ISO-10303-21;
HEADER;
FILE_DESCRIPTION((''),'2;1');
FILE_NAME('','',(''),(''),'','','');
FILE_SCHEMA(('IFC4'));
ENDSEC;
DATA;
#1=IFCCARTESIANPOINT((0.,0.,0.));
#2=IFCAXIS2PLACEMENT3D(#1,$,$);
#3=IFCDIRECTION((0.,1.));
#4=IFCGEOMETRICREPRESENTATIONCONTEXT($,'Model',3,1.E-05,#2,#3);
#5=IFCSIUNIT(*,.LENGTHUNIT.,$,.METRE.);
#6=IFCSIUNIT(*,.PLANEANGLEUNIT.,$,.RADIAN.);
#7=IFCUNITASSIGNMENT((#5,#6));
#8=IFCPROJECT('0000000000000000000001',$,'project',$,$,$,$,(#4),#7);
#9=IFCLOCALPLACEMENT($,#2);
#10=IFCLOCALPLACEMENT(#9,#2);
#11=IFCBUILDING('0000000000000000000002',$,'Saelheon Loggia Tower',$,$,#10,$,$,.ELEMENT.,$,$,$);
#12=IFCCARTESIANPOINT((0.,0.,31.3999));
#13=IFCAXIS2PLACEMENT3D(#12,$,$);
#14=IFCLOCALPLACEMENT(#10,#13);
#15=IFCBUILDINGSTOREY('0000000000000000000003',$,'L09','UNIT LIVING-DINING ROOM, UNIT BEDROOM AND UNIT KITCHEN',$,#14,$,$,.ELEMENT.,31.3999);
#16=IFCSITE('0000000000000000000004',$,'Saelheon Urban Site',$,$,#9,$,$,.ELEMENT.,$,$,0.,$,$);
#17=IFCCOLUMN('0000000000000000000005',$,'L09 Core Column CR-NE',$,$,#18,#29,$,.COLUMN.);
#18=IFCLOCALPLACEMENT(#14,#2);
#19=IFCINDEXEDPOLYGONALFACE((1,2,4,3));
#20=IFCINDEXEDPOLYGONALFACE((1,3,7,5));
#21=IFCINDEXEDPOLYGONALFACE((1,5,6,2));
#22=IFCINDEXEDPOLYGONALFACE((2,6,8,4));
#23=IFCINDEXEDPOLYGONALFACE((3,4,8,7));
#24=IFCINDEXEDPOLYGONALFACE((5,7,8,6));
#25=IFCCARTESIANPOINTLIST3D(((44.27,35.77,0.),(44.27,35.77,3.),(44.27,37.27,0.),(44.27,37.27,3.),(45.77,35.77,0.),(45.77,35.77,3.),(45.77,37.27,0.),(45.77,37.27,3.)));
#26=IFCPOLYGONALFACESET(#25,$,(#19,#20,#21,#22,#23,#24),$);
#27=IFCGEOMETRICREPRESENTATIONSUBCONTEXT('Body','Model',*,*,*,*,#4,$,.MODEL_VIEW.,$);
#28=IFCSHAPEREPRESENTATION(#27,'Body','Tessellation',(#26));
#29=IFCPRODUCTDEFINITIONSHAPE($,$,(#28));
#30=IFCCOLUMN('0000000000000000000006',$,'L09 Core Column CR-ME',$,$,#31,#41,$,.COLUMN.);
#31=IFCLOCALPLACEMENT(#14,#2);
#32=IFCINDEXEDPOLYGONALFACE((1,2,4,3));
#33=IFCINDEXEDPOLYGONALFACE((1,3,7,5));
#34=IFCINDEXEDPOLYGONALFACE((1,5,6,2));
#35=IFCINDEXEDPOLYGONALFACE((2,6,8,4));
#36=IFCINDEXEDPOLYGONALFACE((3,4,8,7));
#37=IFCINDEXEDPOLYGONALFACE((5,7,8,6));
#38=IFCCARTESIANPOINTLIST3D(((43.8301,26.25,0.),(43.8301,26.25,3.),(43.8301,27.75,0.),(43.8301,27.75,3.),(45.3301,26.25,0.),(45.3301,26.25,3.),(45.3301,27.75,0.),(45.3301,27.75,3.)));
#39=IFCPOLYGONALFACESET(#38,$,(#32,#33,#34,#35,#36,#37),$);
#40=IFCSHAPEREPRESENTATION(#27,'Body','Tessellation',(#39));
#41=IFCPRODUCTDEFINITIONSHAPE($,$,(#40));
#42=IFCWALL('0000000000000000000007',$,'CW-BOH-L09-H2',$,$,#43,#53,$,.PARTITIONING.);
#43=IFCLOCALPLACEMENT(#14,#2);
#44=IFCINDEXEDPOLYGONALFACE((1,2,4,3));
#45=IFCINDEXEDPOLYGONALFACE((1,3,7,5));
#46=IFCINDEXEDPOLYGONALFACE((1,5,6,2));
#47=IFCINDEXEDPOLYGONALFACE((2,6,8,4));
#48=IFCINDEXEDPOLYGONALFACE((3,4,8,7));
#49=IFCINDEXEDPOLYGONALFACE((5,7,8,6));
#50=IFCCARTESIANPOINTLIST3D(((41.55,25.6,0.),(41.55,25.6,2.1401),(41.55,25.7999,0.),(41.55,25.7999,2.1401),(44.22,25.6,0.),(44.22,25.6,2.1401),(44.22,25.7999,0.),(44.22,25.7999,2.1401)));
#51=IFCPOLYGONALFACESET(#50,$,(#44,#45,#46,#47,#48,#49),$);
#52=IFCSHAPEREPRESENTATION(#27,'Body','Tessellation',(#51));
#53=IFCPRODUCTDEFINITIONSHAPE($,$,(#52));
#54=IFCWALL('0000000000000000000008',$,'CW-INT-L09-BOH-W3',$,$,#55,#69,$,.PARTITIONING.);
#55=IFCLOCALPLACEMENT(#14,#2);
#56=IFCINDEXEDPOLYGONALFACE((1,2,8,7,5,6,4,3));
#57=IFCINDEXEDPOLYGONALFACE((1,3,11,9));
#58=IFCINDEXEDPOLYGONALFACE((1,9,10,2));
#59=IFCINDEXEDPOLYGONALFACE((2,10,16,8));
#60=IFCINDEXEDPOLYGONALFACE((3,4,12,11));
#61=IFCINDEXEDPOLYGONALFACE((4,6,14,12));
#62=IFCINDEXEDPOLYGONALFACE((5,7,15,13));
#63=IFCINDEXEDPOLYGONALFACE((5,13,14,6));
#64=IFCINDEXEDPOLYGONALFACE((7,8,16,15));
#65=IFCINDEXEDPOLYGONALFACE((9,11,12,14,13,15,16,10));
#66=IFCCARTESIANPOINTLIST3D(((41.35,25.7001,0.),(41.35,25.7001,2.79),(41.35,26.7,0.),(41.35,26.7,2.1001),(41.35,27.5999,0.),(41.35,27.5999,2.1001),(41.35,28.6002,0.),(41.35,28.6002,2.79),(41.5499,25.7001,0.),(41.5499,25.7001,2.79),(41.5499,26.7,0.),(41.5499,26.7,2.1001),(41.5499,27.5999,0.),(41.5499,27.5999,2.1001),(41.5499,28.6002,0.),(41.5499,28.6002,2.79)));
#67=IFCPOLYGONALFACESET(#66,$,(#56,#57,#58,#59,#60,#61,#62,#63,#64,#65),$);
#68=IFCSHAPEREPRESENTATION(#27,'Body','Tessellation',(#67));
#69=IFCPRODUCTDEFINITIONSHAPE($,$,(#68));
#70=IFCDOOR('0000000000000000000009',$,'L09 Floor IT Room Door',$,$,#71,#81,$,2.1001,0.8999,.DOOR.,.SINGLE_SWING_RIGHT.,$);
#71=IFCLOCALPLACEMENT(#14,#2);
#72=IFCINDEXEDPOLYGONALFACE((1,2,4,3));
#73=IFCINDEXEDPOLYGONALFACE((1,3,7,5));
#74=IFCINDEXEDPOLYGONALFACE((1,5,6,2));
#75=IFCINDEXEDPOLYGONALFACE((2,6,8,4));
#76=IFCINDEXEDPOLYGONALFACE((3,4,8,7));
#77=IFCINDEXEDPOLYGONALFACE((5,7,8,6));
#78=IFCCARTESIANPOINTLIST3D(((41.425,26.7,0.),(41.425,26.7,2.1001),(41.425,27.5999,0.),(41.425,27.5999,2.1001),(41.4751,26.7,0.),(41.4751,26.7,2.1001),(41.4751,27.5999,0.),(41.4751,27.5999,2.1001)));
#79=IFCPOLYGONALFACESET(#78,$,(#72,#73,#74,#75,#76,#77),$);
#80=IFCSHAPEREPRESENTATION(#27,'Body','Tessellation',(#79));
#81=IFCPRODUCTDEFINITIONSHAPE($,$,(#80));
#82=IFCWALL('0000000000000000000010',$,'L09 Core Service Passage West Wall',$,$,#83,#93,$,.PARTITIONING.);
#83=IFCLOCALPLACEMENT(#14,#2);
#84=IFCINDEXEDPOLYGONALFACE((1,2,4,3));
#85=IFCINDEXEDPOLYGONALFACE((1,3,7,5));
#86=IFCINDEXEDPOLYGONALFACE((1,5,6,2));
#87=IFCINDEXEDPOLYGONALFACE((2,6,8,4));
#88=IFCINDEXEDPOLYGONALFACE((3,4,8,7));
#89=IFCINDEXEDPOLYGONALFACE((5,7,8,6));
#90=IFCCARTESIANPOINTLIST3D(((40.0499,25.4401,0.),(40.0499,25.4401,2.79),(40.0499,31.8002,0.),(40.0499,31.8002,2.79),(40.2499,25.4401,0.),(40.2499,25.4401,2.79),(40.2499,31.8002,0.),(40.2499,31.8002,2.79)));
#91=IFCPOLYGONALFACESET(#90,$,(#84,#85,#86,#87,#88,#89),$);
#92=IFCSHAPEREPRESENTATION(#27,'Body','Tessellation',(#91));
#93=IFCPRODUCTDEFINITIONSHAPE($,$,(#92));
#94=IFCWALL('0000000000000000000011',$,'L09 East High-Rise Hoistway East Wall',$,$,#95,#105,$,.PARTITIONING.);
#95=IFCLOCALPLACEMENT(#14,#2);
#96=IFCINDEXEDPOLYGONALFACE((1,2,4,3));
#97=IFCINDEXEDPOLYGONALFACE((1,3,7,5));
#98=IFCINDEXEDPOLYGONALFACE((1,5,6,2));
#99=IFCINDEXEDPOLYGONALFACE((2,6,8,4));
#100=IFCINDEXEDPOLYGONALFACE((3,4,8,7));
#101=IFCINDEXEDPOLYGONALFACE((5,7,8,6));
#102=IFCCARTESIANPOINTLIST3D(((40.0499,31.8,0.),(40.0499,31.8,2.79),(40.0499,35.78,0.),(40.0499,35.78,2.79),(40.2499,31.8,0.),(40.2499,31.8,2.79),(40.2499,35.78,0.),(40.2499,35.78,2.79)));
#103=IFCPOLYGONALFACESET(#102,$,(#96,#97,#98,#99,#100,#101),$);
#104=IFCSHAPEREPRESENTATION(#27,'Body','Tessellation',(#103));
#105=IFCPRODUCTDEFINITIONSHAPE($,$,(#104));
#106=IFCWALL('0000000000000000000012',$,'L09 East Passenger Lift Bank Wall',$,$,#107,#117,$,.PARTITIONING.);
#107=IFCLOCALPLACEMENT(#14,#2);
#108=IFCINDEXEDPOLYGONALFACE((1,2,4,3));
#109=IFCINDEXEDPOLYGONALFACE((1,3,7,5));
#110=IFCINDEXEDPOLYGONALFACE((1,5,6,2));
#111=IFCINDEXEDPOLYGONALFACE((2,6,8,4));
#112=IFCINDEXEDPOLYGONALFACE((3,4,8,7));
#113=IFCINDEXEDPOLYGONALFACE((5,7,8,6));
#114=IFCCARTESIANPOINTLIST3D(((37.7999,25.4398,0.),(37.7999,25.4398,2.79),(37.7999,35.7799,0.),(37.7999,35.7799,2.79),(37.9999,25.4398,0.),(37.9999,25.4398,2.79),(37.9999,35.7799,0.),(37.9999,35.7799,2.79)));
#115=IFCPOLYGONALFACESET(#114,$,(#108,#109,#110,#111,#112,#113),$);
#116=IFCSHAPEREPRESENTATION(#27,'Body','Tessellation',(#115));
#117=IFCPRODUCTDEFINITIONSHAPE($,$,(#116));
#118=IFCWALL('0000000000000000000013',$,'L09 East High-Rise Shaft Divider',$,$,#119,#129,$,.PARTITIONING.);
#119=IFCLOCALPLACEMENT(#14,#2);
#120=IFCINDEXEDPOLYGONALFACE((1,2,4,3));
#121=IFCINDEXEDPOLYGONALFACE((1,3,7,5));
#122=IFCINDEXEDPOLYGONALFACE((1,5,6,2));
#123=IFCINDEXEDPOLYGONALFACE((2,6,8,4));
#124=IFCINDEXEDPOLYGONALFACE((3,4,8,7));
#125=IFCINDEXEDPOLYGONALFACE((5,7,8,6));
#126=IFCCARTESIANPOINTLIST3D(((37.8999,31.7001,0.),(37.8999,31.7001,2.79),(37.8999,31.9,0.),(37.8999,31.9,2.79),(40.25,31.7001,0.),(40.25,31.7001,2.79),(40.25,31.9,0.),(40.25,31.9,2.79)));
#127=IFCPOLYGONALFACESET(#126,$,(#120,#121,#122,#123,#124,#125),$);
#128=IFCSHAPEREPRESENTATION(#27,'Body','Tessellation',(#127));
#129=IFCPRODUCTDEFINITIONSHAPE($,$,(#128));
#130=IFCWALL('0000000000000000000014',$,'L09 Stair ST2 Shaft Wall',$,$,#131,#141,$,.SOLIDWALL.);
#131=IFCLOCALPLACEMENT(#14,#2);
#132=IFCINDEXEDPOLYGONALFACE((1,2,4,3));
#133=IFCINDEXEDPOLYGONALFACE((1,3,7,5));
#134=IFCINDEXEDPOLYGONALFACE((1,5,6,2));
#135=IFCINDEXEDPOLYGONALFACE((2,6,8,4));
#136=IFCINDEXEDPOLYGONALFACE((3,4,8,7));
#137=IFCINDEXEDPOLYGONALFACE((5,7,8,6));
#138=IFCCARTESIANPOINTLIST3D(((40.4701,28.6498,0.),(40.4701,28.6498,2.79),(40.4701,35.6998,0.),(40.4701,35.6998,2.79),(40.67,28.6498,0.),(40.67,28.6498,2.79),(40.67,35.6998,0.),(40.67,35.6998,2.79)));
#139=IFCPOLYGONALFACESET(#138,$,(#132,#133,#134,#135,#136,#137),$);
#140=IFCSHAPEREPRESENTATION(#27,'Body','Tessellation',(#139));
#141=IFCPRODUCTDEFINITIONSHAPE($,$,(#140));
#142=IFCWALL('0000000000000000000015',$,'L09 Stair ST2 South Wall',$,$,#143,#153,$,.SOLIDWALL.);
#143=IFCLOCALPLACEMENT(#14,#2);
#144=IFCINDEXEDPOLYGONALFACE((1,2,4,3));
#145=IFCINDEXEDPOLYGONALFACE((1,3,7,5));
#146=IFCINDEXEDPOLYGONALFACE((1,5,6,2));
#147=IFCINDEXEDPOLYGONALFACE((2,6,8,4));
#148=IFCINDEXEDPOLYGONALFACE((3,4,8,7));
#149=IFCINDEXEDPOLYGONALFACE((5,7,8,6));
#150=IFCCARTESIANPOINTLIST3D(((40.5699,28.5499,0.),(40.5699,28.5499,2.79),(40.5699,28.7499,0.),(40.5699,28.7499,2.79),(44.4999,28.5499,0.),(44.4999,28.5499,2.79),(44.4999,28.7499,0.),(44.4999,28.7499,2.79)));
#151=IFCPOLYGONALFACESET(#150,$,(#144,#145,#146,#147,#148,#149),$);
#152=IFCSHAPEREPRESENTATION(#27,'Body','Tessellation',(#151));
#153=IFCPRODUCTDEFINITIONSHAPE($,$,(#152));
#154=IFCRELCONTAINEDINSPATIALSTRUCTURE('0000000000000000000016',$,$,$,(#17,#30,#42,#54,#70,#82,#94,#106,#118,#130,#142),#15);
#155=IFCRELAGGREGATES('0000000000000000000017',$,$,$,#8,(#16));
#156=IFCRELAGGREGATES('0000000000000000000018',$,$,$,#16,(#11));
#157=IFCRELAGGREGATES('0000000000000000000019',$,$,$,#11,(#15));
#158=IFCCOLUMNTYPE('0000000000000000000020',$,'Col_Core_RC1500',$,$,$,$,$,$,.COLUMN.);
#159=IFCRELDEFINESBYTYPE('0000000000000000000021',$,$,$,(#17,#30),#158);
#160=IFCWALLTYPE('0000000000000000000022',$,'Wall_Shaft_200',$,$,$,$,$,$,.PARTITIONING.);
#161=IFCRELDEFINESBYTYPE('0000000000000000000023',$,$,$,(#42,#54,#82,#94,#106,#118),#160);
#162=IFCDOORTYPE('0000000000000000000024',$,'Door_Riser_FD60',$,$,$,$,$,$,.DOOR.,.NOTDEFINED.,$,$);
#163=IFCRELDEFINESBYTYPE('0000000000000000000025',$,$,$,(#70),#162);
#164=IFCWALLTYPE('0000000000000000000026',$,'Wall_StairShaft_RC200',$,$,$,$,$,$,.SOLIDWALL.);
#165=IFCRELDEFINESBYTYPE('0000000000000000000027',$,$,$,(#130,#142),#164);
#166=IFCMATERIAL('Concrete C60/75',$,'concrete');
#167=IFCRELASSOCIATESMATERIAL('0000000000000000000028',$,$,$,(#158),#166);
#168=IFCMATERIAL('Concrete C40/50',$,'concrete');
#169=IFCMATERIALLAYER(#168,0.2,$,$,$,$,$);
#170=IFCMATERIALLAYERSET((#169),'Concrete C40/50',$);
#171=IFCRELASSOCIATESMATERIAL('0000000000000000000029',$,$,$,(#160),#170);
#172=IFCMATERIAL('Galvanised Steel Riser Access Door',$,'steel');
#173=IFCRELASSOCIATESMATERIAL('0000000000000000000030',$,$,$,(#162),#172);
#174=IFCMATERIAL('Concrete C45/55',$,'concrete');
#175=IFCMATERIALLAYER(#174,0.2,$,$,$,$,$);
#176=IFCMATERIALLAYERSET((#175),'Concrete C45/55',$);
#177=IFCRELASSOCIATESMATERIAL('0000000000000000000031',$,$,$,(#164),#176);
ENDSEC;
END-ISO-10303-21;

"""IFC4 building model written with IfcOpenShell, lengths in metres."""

from ifc_helpers import new_model, si_unit, direction, frame, frame_2d, origin, origin_2d, place, context, subcontext, project, spatial, rectangle, extrude, source, transform, mapped, material, layer, layer_set, material_profile, profile_set, type_object, element, fill, save


model = new_model("IFC4")

# Units and contexts
model_context = context("Model", 3, precision=1e-05, world=origin(), true_north=direction((0.0, 1.0)))
body_context = subcontext(model_context, "Body", "Model", "MODEL_VIEW")
ifc_project = project(units=[si_unit("LENGTHUNIT", "METRE"), si_unit("PLANEANGLEUNIT", "RADIAN")], contexts=[model_context])

# Site, building, storey
site_placement = place(None, origin())
site = spatial("IfcSite", under=ifc_project, at=site_placement, Name="Saelheon Urban Site", CompositionType="ELEMENT", RefElevation=0.0)
building_placement = place(site_placement, origin())
building = spatial("IfcBuilding", under=site, at=building_placement, Name="Saelheon Loggia Tower", CompositionType="ELEMENT")
storey_placement = place(building_placement, frame((0.0, 0.0, 31.3999)))
storey = spatial("IfcBuildingStorey", under=building, at=storey_placement, Name="L09", Description="UNIT LIVING-DINING ROOM, UNIT BEDROOM AND UNIT KITCHEN", CompositionType="ELEMENT", Elevation=31.3999)

# Columns
ifc_material_1 = material(Name="Concrete C60/75", Category="concrete")
ifc_material_profile = material_profile(ifc_material_1, rectangle(XDim=1.5, YDim=1.5, at=origin_2d()), Name="RC-1500x1500")
ifc_profile_set = profile_set([ifc_material_profile], Name="Concrete C60/75")
column_type = type_object("IfcColumnType", Name="Col_Core_RC1500", PredefinedType="COLUMN", material=ifc_profile_set)
shared_shape_1 = source(origin(), body_context, "Body", "SweptSolid", [
    extrude(rectangle(XDim=1.5, YDim=1.5, at=origin_2d()), origin(), (0.0, 0.0, 1.0), 3.0),
])
for number, where, z_axis, x_axis, name in (
    (1, (45.02, 36.52, 0.0), (0.0, 0.0, 1.0), (1.0, 0.0, 0.0), "L09 Core Column CR-NE"),
    (2, (44.5801, 27.0, 0.0), (0.0, 0.0, 1.0), (1.0, 0.0, 0.0), "L09 Core Column CR-ME"),
):
    element("IfcColumn", number, at=place(storey_placement, frame(where, z_axis=z_axis, x_axis=x_axis)), inside=storey, type_object=column_type, Name=name, PredefinedType="COLUMN", context=body_context, shape_type="MappedRepresentation", body=[
        mapped(shared_shape_1, transform((0.0, 0.0, 0.0), scale=1.0)),
    ])

# Wall
ifc_material_2 = material(Name="Concrete C40/50", Category="concrete")
ifc_layer_1 = layer(ifc_material_2, 0.2)
ifc_layer_set_1 = layer_set([ifc_layer_1], Name="Concrete C40/50")
wall_type_1 = type_object("IfcWallType", Name="Wall_Shaft_200", PredefinedType="PARTITIONING", material=ifc_layer_set_1)
wall_1_placement = place(storey_placement, frame((41.55, 25.7, 0.0), z_axis=(0.0, 0.0, 1.0), x_axis=(1.0, 0.0, 0.0)))
element("IfcWall", 3, at=wall_1_placement, inside=storey, type_object=wall_type_1, Name="CW-BOH-L09-H2", PredefinedType="PARTITIONING", context=body_context, shape_type="SweptSolid", body=[
    extrude(rectangle(XDim=2.6699, YDim=0.2, at=frame_2d((1.335, 0.0))), origin(), (0.0, 0.0, 1.0), 2.1401),
])

# Wall, opening, door
wall_2_placement = place(storey_placement, frame((41.45, 25.7, 0.0), z_axis=(0.0, 0.0, 1.0), x_axis=(0.0, 1.0, 0.0)))
wall_2 = element("IfcWall", 4, at=wall_2_placement, inside=storey, type_object=wall_type_1, Name="CW-INT-L09-BOH-W3", PredefinedType="PARTITIONING", context=body_context, shape_type="SweptSolid", body=[
    extrude(rectangle(XDim=2.9001, YDim=0.2, at=frame_2d((1.4502, 0.0))), origin(), (0.0, 0.0, 1.0), 2.79),
])
opening_placement = place(wall_2_placement, frame((1.0, 0.0, 0.0)))
opening = element("IfcOpeningElement", 5, at=opening_placement, cuts=wall_2, PredefinedType="OPENING", context=body_context, shape_type="SweptSolid", body=[
    extrude(rectangle(XDim=0.8999, YDim=2.1001, at=frame_2d((0.45, 1.05))), frame((0.0, 0.1121, 0.0), z_axis=(0.0, -1.0, 0.0), x_axis=(1.0, 0.0, 0.0)), (0.0, 0.0, 1.0), 0.2239),
])
ifc_material_3 = material(Name="Galvanised Steel Riser Access Door", Category="steel")
door_type = type_object("IfcDoorType", Name="Door_Riser_FD60", OperationType="NOTDEFINED", PredefinedType="DOOR", material=ifc_material_3)
shared_shape_2 = source(origin(), body_context, "Body", "SweptSolid", [
    extrude(rectangle(XDim=0.8999, YDim=2.1001, at=frame_2d((0.45, 1.05))), frame((0.0, 0.0249, 0.0), z_axis=(0.0, -1.0, 0.0), x_axis=(1.0, 0.0, 0.0)), (0.0, 0.0, 1.0), 0.05),
])
door_placement = place(opening_placement, origin())
door = element("IfcDoor", 6, at=door_placement, inside=storey, type_object=door_type, Name="L09 Floor IT Room Door", OperationType="SINGLE_SWING_RIGHT", OverallHeight=2.1001, OverallWidth=0.8999, PredefinedType="DOOR", context=body_context, shape_type="MappedRepresentation", body=[
    mapped(shared_shape_2, transform((0.0, 0.0, 0.0), scale=1.0)),
])
fill(opening, door)

# Walls
wall_3_placement = place(storey_placement, frame((40.1499, 25.4399, 0.0), z_axis=(0.0, 0.0, 1.0), x_axis=(0.0, 1.0, 0.0)))
element("IfcWall", 7, at=wall_3_placement, inside=storey, type_object=wall_type_1, Name="L09 Core Service Passage West Wall", PredefinedType="PARTITIONING", context=body_context, shape_type="SweptSolid", body=[
    extrude(rectangle(XDim=6.3601, YDim=0.2, at=frame_2d((3.1802, 0.0))), origin(), (0.0, 0.0, 1.0), 2.79),
])
wall_4_placement = place(storey_placement, frame((40.1499, 31.8, 0.0), z_axis=(0.0, 0.0, 1.0), x_axis=(0.0, 1.0, 0.0)))
element("IfcWall", 8, at=wall_4_placement, inside=storey, type_object=wall_type_1, Name="L09 East High-Rise Hoistway East Wall", PredefinedType="PARTITIONING", context=body_context, shape_type="SweptSolid", body=[
    extrude(rectangle(XDim=3.98, YDim=0.2, at=frame_2d((1.99, 0.0))), origin(), (0.0, 0.0, 1.0), 2.79),
])
wall_5_placement = place(storey_placement, frame((37.8999, 25.4399, 0.0), z_axis=(0.0, 0.0, 1.0), x_axis=(0.0, 1.0, 0.0)))
element("IfcWall", 9, at=wall_5_placement, inside=storey, type_object=wall_type_1, Name="L09 East Passenger Lift Bank Wall", PredefinedType="PARTITIONING", context=body_context, shape_type="SweptSolid", body=[
    extrude(rectangle(XDim=10.3401, YDim=0.2, at=frame_2d((5.1699, 0.0))), origin(), (0.0, 0.0, 1.0), 2.79),
])
wall_6_placement = place(storey_placement, frame((37.8999, 31.8, 0.0), z_axis=(0.0, 0.0, 1.0), x_axis=(1.0, 0.0, 0.0)))
element("IfcWall", 10, at=wall_6_placement, inside=storey, type_object=wall_type_1, Name="L09 East High-Rise Shaft Divider", PredefinedType="PARTITIONING", context=body_context, shape_type="SweptSolid", body=[
    extrude(rectangle(XDim=2.3501, YDim=0.2, at=frame_2d((1.175, 0.0))), origin(), (0.0, 0.0, 1.0), 2.79),
])
ifc_material_4 = material(Name="Concrete C45/55", Category="concrete")
ifc_layer_2 = layer(ifc_material_4, 0.2)
ifc_layer_set_2 = layer_set([ifc_layer_2], Name="Concrete C45/55")
wall_type_2 = type_object("IfcWallType", Name="Wall_StairShaft_RC200", PredefinedType="SOLIDWALL", material=ifc_layer_set_2)
wall_7_placement = place(storey_placement, frame((40.5701, 28.6499, 0.0), z_axis=(0.0, 0.0, 1.0), x_axis=(0.0, 1.0, 0.0)))
element("IfcWall", 11, at=wall_7_placement, inside=storey, type_object=wall_type_2, Name="L09 Stair ST2 Shaft Wall", PredefinedType="SOLIDWALL", context=body_context, shape_type="SweptSolid", body=[
    extrude(rectangle(XDim=7.05, YDim=0.2, at=frame_2d((3.5249, 0.0))), origin(), (0.0, 0.0, 1.0), 2.79),
])
wall_8_placement = place(storey_placement, frame((40.5701, 28.6499, 0.0), z_axis=(0.0, 0.0, 1.0), x_axis=(1.0, 0.0, 0.0)))
element("IfcWall", 12, at=wall_8_placement, inside=storey, type_object=wall_type_2, Name="L09 Stair ST2 South Wall", PredefinedType="SOLIDWALL", context=body_context, shape_type="SweptSolid", body=[
    extrude(rectangle(XDim=3.9299, YDim=0.2, at=frame_2d((1.9648, 0.0))), origin(), (0.0, 0.0, 1.0), 2.79),
])

save(model, "model.ifc")
